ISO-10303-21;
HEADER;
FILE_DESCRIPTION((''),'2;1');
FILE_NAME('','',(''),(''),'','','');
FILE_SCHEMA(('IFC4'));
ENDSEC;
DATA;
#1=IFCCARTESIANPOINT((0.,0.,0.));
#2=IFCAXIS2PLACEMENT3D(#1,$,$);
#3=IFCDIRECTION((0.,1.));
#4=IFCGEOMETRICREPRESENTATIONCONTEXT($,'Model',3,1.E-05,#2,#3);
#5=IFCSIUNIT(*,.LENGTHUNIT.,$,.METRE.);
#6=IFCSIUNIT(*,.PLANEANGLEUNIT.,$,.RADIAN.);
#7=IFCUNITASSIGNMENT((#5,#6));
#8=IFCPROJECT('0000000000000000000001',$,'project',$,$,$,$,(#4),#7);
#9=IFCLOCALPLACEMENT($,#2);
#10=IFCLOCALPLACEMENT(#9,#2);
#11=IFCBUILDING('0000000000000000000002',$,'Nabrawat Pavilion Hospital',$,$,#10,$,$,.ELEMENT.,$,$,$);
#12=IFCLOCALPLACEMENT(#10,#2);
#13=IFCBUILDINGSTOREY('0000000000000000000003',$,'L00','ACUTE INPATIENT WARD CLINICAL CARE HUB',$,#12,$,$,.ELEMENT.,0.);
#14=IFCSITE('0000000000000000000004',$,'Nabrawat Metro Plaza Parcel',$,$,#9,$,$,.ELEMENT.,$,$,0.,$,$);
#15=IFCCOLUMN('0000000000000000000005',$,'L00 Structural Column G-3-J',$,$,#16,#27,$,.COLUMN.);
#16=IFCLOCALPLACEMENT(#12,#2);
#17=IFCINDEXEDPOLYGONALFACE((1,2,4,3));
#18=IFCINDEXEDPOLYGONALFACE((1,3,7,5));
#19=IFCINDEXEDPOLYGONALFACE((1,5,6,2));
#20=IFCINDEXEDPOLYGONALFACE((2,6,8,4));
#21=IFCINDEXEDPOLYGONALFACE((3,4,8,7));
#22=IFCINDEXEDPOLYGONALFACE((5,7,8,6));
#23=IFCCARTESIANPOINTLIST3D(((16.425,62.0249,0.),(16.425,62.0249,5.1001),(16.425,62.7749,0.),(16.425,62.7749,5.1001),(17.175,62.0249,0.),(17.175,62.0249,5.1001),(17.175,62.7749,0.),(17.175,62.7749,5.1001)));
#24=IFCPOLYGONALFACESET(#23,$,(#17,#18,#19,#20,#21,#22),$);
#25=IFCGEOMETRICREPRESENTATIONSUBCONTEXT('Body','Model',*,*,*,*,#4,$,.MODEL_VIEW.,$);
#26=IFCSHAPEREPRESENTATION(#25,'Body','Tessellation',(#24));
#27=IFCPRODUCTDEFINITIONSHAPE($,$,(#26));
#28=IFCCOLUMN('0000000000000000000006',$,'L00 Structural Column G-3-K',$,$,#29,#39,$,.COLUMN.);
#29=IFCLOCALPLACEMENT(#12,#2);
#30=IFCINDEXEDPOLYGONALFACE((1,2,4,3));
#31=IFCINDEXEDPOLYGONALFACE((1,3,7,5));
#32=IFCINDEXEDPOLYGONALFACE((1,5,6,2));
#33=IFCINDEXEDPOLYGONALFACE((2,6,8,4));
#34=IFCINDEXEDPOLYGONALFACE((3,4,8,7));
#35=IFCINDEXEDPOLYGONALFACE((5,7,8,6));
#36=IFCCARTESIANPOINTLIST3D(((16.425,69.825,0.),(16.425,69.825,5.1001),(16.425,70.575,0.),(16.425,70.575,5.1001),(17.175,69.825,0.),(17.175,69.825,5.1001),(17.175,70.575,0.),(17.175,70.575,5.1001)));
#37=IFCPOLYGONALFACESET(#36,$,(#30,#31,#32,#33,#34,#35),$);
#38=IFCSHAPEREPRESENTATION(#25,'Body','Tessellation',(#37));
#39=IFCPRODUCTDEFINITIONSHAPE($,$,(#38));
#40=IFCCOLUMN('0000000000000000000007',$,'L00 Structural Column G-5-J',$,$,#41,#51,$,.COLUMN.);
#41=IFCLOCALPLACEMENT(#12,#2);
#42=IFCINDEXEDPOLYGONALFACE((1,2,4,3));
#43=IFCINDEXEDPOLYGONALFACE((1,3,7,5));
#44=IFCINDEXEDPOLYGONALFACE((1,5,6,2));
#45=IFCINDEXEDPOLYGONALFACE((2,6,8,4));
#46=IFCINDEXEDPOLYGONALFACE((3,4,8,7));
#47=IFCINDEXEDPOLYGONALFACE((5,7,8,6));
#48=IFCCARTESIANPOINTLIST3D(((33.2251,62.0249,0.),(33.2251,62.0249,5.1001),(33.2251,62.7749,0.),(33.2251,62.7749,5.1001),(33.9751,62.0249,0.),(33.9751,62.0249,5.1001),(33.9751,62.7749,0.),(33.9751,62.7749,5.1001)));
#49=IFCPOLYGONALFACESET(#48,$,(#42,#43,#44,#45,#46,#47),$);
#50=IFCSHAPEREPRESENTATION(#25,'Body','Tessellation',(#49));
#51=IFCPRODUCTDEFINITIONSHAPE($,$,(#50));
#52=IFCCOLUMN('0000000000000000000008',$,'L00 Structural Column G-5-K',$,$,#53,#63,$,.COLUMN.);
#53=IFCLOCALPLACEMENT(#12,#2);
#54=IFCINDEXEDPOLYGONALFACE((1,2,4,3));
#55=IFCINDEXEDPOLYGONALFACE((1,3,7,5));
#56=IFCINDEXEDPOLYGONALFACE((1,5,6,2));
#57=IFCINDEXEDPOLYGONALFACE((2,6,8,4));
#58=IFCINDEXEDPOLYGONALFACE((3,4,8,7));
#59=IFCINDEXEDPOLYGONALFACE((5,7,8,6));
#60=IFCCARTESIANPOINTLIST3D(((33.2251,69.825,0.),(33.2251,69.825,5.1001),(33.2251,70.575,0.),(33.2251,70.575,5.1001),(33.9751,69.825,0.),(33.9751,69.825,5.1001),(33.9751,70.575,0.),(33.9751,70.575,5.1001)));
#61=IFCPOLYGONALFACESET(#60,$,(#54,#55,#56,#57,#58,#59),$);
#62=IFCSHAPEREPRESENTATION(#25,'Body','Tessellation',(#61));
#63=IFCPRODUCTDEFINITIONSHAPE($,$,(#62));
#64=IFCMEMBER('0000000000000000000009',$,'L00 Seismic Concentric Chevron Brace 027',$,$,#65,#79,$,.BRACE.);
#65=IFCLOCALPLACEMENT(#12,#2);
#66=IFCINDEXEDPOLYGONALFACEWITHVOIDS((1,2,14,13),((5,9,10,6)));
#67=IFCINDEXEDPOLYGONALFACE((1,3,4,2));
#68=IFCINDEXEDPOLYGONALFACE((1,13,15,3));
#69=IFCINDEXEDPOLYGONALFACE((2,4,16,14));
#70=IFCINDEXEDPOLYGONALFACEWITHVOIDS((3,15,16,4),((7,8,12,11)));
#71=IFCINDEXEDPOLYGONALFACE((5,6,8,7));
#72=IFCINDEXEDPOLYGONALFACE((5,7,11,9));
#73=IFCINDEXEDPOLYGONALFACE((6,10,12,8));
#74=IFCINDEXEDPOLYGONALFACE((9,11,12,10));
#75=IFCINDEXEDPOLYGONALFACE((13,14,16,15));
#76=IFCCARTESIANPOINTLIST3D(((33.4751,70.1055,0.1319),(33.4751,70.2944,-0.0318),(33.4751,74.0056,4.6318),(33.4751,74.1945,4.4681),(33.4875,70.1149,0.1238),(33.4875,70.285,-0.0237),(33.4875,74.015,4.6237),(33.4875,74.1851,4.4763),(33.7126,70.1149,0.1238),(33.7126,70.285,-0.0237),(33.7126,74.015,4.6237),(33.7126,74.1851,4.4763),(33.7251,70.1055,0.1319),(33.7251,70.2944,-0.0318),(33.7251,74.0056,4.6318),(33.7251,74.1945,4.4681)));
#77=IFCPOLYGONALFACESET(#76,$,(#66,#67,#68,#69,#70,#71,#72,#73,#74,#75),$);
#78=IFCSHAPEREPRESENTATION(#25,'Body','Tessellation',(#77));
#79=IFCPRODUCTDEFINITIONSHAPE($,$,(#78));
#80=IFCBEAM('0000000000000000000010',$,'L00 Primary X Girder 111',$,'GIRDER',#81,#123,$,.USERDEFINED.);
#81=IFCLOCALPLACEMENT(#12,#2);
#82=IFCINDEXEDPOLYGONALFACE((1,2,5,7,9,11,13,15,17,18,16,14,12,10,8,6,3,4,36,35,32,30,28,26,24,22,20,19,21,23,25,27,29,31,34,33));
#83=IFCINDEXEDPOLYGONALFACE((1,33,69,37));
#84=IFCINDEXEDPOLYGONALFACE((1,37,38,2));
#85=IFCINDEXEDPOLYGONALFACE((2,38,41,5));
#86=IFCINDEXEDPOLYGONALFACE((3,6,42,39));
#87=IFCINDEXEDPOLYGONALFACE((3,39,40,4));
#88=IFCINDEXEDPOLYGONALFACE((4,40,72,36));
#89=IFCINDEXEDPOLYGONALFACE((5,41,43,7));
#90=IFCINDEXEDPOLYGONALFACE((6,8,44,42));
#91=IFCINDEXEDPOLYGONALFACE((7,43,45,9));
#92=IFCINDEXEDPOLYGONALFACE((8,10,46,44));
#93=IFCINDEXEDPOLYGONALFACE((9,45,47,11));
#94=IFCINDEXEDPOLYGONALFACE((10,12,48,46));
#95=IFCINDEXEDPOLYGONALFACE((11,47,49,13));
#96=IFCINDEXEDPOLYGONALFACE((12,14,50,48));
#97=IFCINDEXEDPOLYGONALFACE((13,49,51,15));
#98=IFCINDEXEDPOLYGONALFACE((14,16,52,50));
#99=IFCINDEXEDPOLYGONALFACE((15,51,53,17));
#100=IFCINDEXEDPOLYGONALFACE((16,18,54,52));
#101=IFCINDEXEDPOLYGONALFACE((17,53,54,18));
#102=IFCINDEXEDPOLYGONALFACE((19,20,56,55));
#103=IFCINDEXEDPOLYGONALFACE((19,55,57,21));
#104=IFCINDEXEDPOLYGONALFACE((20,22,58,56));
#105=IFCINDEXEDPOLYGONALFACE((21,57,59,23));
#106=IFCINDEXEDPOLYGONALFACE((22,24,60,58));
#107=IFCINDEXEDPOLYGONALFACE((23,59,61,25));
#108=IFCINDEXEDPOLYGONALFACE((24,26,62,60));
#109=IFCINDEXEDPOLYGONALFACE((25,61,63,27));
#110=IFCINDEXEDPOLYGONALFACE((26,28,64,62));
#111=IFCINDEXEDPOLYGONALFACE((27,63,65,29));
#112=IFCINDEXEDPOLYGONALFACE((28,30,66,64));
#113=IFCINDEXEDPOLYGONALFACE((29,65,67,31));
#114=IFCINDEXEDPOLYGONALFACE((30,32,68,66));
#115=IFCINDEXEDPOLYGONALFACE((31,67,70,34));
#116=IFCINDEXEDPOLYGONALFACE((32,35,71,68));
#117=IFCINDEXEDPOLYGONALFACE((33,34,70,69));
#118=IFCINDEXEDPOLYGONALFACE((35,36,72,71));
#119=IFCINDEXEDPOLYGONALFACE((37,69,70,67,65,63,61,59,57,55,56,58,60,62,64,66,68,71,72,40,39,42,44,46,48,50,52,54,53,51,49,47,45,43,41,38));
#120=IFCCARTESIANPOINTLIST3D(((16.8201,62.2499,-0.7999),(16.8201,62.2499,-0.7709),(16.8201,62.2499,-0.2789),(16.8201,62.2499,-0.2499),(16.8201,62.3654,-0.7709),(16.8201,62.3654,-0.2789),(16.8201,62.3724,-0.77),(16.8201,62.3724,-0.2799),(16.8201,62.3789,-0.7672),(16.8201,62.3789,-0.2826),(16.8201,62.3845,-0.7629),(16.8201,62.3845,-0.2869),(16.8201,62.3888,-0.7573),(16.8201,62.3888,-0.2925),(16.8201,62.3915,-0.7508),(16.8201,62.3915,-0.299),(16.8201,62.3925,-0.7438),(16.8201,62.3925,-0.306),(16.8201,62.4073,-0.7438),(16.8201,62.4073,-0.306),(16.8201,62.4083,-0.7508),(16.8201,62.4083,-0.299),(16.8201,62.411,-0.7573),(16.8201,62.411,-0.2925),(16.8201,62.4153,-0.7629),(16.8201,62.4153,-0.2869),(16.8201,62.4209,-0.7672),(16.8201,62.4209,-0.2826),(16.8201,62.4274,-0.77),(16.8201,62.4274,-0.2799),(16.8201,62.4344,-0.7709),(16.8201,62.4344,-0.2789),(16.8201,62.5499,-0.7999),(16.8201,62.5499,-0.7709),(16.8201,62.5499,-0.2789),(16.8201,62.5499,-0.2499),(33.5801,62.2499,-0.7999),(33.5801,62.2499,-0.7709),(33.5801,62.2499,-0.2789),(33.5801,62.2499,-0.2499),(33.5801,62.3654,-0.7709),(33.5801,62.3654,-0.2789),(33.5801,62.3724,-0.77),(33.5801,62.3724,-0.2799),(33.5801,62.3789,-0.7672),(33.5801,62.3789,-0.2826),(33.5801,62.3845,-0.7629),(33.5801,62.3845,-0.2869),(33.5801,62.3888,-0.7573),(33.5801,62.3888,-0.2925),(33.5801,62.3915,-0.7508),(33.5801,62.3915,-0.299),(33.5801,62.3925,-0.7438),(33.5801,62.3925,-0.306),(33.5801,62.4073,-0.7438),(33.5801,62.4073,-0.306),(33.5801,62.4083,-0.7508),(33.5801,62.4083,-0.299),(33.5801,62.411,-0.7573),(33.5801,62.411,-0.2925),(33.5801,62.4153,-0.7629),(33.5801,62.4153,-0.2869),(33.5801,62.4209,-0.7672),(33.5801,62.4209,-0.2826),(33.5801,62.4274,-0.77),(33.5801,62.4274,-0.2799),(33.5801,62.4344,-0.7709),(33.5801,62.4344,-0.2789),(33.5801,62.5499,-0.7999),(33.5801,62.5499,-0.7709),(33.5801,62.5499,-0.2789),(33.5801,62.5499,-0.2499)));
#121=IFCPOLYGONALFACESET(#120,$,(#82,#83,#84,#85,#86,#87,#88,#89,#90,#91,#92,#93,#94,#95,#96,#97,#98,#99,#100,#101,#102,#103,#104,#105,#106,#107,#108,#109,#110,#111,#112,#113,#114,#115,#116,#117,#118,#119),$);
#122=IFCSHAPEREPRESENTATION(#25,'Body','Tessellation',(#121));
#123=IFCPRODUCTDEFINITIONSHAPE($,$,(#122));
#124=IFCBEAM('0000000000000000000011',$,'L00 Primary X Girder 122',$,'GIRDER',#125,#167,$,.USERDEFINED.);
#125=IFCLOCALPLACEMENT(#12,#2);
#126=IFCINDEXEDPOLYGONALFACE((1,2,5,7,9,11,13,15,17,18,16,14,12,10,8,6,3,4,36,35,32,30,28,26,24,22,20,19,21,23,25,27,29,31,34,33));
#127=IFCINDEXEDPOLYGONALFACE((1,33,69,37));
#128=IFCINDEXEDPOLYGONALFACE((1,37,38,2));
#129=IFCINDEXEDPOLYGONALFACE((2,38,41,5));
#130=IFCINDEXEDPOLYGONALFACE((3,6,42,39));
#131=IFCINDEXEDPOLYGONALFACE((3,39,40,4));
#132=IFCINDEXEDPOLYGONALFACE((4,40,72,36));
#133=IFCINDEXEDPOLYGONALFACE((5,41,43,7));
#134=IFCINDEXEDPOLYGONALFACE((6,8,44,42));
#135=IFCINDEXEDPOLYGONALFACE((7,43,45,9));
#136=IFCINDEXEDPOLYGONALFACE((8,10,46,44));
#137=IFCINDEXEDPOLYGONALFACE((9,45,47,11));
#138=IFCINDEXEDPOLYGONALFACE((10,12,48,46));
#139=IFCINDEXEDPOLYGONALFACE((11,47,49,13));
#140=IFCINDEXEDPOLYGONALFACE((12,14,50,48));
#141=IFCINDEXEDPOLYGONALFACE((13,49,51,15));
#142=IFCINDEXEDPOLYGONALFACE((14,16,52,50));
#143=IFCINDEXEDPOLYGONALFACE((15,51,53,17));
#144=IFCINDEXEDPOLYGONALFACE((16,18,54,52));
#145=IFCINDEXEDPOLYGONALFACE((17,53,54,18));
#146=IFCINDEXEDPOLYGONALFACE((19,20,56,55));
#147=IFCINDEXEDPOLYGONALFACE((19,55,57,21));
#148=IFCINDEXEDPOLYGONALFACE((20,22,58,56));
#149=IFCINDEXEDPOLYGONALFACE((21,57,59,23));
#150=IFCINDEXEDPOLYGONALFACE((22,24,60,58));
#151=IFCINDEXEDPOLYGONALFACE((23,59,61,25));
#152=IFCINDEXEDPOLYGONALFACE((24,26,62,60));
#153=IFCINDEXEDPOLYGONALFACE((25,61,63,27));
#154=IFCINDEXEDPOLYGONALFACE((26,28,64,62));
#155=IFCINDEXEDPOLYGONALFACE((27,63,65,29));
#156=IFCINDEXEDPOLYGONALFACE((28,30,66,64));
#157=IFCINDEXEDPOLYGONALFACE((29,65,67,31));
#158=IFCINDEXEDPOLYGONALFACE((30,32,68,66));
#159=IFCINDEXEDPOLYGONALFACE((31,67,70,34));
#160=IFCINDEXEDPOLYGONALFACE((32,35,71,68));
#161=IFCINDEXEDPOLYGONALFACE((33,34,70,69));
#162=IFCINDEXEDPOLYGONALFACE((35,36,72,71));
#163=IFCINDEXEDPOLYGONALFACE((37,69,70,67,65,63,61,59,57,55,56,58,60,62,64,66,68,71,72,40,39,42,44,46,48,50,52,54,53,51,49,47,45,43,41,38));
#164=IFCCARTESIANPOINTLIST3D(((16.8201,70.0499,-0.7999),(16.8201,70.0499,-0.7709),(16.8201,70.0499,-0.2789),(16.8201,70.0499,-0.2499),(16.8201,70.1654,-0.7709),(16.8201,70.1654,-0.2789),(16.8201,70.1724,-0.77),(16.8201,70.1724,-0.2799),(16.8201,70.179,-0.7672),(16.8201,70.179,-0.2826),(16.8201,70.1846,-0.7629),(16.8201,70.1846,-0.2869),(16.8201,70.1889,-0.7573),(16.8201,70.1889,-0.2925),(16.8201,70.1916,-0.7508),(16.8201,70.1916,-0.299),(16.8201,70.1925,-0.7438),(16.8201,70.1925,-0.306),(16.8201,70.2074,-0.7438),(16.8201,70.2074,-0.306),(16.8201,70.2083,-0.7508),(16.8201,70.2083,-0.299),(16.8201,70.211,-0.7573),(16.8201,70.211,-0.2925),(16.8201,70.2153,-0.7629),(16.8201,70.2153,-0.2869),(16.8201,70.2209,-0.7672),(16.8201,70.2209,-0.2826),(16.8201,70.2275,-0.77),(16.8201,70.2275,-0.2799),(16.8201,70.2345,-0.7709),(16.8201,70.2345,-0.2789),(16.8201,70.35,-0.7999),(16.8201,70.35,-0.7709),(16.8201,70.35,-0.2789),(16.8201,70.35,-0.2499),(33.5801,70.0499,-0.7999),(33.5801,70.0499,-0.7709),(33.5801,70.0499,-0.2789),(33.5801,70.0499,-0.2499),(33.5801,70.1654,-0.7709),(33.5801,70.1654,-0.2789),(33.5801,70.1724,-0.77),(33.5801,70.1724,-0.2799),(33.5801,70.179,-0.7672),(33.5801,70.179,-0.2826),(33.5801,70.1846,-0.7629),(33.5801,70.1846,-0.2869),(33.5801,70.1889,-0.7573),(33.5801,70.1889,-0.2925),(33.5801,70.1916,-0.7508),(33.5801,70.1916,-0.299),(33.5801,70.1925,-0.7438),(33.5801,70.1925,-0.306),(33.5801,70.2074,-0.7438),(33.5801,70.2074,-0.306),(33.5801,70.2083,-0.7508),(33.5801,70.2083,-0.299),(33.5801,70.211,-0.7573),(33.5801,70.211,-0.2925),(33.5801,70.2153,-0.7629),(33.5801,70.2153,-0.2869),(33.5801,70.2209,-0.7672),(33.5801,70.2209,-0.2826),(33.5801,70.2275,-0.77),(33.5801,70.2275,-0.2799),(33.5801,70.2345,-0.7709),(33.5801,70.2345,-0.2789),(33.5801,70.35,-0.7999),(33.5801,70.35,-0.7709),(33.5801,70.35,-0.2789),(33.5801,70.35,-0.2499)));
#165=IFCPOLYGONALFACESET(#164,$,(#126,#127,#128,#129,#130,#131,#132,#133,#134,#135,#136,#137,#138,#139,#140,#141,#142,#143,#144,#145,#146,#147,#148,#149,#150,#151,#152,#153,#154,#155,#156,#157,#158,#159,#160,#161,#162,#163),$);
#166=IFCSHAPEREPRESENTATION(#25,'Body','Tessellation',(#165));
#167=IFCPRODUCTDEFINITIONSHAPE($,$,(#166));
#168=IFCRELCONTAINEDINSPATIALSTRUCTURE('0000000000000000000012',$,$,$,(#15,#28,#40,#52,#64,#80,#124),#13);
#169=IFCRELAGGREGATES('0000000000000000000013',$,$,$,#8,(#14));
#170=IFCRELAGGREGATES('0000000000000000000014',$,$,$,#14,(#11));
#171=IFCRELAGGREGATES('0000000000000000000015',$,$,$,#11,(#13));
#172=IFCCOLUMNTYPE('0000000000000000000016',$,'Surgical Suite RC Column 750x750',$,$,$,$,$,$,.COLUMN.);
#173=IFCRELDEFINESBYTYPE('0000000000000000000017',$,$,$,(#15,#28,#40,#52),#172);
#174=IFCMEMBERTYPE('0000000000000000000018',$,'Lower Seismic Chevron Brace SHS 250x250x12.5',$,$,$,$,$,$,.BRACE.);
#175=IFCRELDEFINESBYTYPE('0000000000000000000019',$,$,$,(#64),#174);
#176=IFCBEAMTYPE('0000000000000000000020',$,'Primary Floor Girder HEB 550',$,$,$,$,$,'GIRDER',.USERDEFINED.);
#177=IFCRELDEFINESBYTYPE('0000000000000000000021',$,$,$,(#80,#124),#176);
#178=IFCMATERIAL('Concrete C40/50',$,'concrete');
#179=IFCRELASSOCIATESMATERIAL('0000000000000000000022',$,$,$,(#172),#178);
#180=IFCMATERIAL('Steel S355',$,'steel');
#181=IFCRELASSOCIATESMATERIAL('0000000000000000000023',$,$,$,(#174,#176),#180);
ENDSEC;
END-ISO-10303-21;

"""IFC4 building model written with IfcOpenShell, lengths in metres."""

from ifc_helpers import new_model, si_unit, direction, frame, origin, origin_2d, place, context, subcontext, project, spatial, rectangle, hollow_rectangle, i_section, extrude, material, material_profile, profile_set, type_object, element, save


model = new_model("IFC4")

# Units and contexts
model_context = context("Model", 3, precision=1e-05, world=origin(), true_north=direction((0.0, 1.0)))
body_context = subcontext(model_context, "Body", "Model", "MODEL_VIEW")
ifc_project = project(units=[si_unit("LENGTHUNIT", "METRE"), si_unit("PLANEANGLEUNIT", "RADIAN")], contexts=[model_context])

# Site, building, storey
site_placement = place(None, origin())
site = spatial("IfcSite", under=ifc_project, at=site_placement, Name="Nabrawat Metro Plaza Parcel", CompositionType="ELEMENT", RefElevation=0.0)
building_placement = place(site_placement, origin())
building = spatial("IfcBuilding", under=site, at=building_placement, Name="Nabrawat Pavilion Hospital", CompositionType="ELEMENT")
storey_placement = place(building_placement, origin())
storey = spatial("IfcBuildingStorey", under=building, at=storey_placement, Name="L00", Description="ACUTE INPATIENT WARD CLINICAL CARE HUB", CompositionType="ELEMENT", Elevation=0.0)

# Columns
ifc_material_1 = material(Name="Concrete C40/50", Category="concrete")
ifc_material_profile_1 = material_profile(ifc_material_1, rectangle(XDim=0.75, YDim=0.75, at=origin_2d()), Name="RC 750x750")
ifc_profile_set_1 = profile_set([ifc_material_profile_1], Name="Concrete C40/50")
column_type = type_object("IfcColumnType", Name="Surgical Suite RC Column 750x750", PredefinedType="COLUMN", material=ifc_profile_set_1)
for number, where, z_axis, x_axis, name in (
    (1, (16.8, 62.3999, 0.0), (0.0, 0.0, 1.0), (1.0, 0.0, 0.0), "L00 Structural Column G-3-J"),
    (2, (16.8, 70.2, 0.0), (0.0, 0.0, 1.0), (1.0, 0.0, 0.0), "L00 Structural Column G-3-K"),
    (3, (33.6001, 62.3999, 0.0), (0.0, 0.0, 1.0), (1.0, 0.0, 0.0), "L00 Structural Column G-5-J"),
    (4, (33.6001, 70.2, 0.0), (0.0, 0.0, 1.0), (1.0, 0.0, 0.0), "L00 Structural Column G-5-K"),
):
    element("IfcColumn", number, at=place(storey_placement, frame(where, z_axis=z_axis, x_axis=x_axis)), inside=storey, type_object=column_type, Name=name, PredefinedType="COLUMN", context=body_context, shape_type="SweptSolid", body=[
        extrude(rectangle(XDim=0.75, YDim=0.75, at=origin_2d()), origin(), (0.0, 0.0, 1.0), 5.1001),
    ])

# Member
ifc_material_2 = material(Name="Steel S355", Category="steel")
ifc_material_profile_2 = material_profile(ifc_material_2, hollow_rectangle(XDim=0.25, YDim=0.25, WallThickness=0.0125, at=origin_2d()), Name="SHS 250x250x12.5")
ifc_profile_set_2 = profile_set([ifc_material_profile_2], Name="Steel S355")
member_type = type_object("IfcMemberType", Name="Lower Seismic Chevron Brace SHS 250x250x12.5", PredefinedType="BRACE", material=ifc_profile_set_2)
member_placement = place(storey_placement, frame((33.6001, 70.2, 0.05), z_axis=(0.0, 0.654945, 0.755677), x_axis=(-1.0, 0.0, 0.0)))
element("IfcMember", 5, at=member_placement, inside=storey, type_object=member_type, Name="L00 Seismic Concentric Chevron Brace 027", PredefinedType="BRACE", context=body_context, shape_type="SweptSolid", body=[
    extrude(hollow_rectangle(XDim=0.25, YDim=0.25, WallThickness=0.0125, at=origin_2d()), origin(), (0.0, 0.0, 1.0), 5.9548),
])

# Beams
ifc_material_profile_3 = material_profile(ifc_material_2, i_section(OverallWidth=0.3, OverallDepth=0.55, WebThickness=0.0149, FlangeThickness=0.0291, FilletRadius=0.0271, at=origin_2d()), Name="HEB 550")
ifc_profile_set_3 = profile_set([ifc_material_profile_3], Name="Steel S355")
beam_type_1 = type_object("IfcBeamType", Name="Primary Floor Girder HEB 550", ElementType="GIRDER", PredefinedType="USERDEFINED", material=ifc_profile_set_3)
for number, where, z_axis, x_axis, name in (
    (6, (16.8201, 62.3999, -0.5249), (1.0, 0.0, 0.0), (0.0, 1.0, 0.0), "L00 Primary X Girder 111"),
    (7, (16.8201, 70.2, -0.5249), (1.0, 0.0, 0.0), (0.0, 1.0, 0.0), "L00 Primary X Girder 122"),
):
    element("IfcBeam", number, at=place(storey_placement, frame(where, z_axis=z_axis, x_axis=x_axis)), inside=storey, type_object=beam_type_1, Name=name, ObjectType="GIRDER", PredefinedType="USERDEFINED", context=body_context, shape_type="SweptSolid", body=[
        extrude(i_section(OverallWidth=0.3, OverallDepth=0.55, WebThickness=0.0149, FlangeThickness=0.0291, FilletRadius=0.0271, at=origin_2d()), origin(), (0.0, 0.0, 1.0), 16.76),
    ])

save(model, "model.ifc")
